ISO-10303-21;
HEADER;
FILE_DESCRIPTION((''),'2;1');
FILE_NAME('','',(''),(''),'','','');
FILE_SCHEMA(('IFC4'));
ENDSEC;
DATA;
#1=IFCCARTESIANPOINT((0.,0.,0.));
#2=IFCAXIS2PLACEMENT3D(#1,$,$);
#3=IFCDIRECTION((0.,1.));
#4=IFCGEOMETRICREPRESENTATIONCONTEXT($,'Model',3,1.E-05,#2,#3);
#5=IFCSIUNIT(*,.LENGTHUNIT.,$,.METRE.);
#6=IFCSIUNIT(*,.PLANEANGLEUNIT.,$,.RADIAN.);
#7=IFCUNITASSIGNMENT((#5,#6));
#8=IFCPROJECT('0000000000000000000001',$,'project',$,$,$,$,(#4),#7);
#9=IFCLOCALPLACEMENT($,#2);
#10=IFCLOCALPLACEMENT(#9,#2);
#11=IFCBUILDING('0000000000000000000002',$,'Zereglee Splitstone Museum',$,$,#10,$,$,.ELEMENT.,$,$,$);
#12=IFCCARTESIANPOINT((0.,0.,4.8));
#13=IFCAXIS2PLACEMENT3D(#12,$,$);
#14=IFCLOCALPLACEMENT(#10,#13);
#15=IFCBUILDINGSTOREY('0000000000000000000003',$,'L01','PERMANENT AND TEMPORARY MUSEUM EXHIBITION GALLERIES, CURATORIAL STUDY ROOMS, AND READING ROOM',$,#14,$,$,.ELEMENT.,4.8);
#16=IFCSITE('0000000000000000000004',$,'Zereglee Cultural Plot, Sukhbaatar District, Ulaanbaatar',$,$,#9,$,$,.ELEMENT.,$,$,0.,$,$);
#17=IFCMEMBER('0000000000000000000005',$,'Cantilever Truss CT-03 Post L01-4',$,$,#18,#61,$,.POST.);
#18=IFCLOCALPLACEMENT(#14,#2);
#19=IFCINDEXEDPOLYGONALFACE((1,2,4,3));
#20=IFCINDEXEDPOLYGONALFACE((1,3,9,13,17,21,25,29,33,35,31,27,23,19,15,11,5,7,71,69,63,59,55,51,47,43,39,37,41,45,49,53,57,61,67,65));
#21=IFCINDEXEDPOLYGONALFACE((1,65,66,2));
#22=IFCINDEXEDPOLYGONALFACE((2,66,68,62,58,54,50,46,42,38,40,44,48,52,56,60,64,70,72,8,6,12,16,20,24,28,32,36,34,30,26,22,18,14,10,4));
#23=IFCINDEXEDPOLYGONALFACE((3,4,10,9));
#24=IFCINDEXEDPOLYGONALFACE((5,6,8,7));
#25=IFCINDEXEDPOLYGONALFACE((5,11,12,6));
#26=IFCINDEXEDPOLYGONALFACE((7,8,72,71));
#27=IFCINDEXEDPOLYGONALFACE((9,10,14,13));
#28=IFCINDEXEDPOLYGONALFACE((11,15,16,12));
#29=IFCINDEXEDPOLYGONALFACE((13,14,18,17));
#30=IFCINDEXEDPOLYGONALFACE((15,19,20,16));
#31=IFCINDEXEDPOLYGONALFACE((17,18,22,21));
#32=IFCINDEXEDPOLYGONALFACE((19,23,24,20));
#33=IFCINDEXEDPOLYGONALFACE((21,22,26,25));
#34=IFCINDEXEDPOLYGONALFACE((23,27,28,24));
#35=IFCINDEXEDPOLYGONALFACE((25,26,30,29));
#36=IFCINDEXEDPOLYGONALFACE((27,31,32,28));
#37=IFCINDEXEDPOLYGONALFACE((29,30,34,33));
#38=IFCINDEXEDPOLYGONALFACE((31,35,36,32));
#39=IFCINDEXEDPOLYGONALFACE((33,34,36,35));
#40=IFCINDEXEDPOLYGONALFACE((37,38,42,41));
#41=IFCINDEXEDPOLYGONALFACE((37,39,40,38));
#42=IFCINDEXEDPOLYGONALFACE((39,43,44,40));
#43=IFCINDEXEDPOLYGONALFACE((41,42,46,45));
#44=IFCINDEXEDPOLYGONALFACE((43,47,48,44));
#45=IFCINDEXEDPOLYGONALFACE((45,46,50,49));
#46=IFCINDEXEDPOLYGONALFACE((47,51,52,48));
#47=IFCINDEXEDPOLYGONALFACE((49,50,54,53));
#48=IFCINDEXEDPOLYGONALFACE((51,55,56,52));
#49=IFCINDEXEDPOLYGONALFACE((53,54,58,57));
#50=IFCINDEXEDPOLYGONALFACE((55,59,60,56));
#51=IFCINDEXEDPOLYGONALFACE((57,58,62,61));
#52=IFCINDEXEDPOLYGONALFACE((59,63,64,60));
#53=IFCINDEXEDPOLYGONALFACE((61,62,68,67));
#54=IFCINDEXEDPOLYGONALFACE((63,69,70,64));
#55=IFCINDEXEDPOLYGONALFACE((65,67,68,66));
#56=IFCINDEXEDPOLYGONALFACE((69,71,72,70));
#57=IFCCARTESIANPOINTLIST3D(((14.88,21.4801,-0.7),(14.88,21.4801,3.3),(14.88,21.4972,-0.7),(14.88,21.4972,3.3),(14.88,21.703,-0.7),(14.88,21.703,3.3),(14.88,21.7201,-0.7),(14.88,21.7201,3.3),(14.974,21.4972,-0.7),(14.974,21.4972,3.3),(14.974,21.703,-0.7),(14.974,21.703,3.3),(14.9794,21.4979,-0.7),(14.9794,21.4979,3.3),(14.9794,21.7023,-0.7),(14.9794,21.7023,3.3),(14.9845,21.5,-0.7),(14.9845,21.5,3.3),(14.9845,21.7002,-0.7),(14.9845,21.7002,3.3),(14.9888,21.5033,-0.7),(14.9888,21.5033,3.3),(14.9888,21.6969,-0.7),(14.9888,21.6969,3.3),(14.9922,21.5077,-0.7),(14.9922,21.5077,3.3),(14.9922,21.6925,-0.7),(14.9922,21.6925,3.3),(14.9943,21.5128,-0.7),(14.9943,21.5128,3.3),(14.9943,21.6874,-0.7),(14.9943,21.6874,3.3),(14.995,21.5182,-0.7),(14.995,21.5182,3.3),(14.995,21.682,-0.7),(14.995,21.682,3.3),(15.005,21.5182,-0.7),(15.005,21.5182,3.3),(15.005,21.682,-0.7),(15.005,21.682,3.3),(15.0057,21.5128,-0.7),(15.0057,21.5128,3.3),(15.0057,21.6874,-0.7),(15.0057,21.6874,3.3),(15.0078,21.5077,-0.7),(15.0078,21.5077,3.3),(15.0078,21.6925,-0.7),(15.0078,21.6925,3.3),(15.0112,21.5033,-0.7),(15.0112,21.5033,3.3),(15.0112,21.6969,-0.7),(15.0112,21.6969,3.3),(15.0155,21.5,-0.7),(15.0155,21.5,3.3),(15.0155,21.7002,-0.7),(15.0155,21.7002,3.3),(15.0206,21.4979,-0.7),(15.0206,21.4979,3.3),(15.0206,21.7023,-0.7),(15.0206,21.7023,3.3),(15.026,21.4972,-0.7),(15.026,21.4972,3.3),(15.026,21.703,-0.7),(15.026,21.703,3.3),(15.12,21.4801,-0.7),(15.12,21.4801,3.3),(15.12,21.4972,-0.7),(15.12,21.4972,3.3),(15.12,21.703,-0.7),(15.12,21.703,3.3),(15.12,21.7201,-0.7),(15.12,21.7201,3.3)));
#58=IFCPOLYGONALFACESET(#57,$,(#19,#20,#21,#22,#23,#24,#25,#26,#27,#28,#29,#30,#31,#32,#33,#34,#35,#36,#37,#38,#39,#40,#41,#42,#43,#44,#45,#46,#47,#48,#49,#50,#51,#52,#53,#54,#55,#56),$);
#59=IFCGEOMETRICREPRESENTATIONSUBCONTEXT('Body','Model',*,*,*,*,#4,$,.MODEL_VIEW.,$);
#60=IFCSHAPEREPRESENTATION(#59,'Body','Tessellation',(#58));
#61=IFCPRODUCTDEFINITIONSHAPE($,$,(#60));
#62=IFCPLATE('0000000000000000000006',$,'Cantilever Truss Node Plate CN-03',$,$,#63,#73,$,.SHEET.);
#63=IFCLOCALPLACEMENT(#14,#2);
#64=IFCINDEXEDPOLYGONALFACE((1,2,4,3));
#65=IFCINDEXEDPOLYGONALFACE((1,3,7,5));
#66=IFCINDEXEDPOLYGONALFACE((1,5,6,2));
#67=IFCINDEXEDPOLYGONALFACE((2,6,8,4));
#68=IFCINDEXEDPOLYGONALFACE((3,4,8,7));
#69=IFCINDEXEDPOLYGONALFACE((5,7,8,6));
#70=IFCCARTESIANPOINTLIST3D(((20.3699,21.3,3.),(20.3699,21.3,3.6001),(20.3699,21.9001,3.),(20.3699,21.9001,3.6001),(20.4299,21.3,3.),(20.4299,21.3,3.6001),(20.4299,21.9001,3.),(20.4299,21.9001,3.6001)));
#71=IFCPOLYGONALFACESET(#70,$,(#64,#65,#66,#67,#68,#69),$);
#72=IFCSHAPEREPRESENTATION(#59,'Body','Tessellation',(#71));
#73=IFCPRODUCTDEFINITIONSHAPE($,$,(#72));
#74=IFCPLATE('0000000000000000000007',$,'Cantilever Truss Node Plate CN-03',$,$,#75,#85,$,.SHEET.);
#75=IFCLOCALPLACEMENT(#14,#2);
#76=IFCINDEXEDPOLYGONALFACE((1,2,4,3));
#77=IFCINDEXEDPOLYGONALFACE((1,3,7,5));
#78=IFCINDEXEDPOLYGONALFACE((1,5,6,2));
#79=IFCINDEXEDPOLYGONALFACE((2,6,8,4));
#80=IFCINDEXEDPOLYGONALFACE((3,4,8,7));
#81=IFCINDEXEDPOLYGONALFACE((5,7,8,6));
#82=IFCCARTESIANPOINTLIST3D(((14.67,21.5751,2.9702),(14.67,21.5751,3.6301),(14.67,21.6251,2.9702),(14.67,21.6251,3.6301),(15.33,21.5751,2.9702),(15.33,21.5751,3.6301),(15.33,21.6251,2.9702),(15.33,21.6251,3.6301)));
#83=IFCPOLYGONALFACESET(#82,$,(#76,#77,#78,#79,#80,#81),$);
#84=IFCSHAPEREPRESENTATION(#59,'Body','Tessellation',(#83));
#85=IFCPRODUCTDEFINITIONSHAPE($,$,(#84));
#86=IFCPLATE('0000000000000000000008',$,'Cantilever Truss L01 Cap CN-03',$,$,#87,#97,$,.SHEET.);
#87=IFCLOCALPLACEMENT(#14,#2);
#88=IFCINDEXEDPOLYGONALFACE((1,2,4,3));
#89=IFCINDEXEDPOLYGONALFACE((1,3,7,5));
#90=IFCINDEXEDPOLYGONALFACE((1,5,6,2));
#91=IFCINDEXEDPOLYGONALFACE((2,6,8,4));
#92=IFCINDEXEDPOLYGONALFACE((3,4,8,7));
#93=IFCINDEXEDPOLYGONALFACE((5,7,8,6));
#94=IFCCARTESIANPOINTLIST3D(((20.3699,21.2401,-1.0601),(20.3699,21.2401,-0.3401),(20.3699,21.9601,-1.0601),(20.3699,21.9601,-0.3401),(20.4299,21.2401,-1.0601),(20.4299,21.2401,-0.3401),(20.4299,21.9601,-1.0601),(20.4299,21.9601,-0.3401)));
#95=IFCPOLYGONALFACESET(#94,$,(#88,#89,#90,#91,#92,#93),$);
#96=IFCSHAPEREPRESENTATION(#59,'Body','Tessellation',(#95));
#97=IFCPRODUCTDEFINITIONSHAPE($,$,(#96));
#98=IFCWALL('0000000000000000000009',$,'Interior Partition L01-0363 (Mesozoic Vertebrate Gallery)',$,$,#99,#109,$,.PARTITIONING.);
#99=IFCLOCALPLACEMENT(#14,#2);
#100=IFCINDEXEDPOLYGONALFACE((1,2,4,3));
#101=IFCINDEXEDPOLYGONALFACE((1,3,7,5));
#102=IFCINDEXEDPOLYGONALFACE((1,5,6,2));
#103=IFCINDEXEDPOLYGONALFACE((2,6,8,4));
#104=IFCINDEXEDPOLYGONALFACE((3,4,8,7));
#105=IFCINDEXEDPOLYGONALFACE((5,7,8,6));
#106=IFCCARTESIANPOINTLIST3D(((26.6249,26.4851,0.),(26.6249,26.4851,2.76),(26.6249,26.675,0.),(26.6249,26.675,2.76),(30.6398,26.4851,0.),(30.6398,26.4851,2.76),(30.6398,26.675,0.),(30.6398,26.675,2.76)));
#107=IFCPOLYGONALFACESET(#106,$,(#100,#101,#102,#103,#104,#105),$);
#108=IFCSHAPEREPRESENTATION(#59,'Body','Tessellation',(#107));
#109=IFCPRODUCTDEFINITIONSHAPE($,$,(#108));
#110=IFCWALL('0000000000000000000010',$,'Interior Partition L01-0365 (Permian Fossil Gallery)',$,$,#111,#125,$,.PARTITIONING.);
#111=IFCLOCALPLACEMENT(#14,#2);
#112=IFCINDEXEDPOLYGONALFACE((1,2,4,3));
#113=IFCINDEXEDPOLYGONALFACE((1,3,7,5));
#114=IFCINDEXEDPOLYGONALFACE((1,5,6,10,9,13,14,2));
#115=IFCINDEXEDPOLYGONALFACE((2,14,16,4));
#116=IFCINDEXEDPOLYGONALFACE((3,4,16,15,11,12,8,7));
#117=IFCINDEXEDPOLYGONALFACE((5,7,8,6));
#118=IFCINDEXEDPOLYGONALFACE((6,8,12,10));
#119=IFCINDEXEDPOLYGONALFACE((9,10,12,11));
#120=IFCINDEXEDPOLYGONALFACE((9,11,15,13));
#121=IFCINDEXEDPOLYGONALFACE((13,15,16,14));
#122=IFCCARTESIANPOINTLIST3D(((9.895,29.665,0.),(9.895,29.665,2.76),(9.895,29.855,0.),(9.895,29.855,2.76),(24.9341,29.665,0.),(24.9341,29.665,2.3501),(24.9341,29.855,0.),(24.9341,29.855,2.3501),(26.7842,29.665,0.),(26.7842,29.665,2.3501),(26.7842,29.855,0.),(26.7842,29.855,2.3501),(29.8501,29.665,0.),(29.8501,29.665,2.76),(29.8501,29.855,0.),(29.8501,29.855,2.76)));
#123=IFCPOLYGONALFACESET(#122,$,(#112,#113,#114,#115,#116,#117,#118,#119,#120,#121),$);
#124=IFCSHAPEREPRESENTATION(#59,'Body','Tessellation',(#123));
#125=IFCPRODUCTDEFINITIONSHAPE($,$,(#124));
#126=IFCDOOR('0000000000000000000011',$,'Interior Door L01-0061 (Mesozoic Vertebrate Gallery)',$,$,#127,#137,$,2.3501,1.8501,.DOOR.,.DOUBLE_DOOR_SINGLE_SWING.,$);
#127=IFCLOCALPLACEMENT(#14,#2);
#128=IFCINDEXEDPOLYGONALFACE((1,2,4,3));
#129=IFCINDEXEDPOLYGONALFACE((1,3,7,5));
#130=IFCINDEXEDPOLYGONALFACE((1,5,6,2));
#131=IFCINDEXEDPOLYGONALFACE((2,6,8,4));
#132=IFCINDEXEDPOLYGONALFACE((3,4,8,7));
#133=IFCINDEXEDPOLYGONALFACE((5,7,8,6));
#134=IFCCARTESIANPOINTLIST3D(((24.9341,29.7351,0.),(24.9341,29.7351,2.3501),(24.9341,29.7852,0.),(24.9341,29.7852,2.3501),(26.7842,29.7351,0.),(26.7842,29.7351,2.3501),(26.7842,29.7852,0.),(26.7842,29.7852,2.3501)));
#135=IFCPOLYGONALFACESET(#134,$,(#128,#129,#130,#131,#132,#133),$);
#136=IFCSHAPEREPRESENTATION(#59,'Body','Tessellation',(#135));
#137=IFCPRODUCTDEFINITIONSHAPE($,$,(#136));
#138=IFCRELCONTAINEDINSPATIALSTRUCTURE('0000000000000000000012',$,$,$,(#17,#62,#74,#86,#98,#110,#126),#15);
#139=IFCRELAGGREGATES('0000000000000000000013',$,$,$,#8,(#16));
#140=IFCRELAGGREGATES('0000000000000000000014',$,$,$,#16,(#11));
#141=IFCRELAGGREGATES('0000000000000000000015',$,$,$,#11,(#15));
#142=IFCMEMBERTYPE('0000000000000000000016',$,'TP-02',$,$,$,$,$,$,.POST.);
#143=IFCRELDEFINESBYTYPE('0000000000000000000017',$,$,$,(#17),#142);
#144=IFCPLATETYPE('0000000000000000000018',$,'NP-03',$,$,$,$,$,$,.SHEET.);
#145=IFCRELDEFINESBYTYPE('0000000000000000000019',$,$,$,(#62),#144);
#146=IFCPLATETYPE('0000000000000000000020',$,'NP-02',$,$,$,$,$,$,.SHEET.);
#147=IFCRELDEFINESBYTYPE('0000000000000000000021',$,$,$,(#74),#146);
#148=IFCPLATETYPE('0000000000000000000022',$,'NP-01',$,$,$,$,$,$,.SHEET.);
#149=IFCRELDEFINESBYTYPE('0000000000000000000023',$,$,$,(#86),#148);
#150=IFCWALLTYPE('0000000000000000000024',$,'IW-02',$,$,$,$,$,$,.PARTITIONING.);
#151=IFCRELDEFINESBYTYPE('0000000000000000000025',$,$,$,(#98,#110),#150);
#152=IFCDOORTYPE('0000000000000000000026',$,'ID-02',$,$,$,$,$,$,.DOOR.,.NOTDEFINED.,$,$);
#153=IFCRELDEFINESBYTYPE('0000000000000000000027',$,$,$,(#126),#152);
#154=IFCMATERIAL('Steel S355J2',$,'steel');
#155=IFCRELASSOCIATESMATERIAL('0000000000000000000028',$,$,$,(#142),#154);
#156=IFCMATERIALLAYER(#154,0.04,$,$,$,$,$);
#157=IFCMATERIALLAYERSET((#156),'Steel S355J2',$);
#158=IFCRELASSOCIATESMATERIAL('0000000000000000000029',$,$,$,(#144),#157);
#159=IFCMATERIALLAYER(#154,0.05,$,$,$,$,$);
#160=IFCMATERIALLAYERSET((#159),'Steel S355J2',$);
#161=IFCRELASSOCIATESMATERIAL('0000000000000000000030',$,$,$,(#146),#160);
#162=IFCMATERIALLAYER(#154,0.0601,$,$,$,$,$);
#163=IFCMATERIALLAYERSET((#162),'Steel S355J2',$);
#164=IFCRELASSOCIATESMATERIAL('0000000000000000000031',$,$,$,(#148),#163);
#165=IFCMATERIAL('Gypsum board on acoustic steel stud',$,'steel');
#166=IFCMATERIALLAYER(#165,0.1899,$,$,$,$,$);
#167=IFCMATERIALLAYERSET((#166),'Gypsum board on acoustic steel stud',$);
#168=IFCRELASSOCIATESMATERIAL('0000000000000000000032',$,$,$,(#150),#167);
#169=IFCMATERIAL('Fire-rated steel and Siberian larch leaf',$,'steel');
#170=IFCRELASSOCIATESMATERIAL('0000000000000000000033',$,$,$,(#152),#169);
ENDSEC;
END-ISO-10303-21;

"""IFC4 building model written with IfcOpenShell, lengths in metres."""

from ifc_helpers import new_model, si_unit, direction, frame, frame_2d, origin, origin_2d, place, context, subcontext, project, spatial, rectangle, i_section, extrude, material, layer, layer_set, material_profile, profile_set, type_object, element, fill, save


model = new_model("IFC4")

# Units and contexts
model_context = context("Model", 3, precision=1e-05, world=origin(), true_north=direction((0.0, 1.0)))
body_context = subcontext(model_context, "Body", "Model", "MODEL_VIEW")
ifc_project = project(units=[si_unit("LENGTHUNIT", "METRE"), si_unit("PLANEANGLEUNIT", "RADIAN")], contexts=[model_context])

# Site, building, storey
site_placement = place(None, origin())
site = spatial("IfcSite", under=ifc_project, at=site_placement, Name="Zereglee Cultural Plot, Sukhbaatar District, Ulaanbaatar", CompositionType="ELEMENT", RefElevation=0.0)
building_placement = place(site_placement, origin())
building = spatial("IfcBuilding", under=site, at=building_placement, Name="Zereglee Splitstone Museum", CompositionType="ELEMENT")
storey_placement = place(building_placement, frame((0.0, 0.0, 4.8)))
storey = spatial("IfcBuildingStorey", under=building, at=storey_placement, Name="L01", Description="PERMANENT AND TEMPORARY MUSEUM EXHIBITION GALLERIES, CURATORIAL STUDY ROOMS, AND READING ROOM", CompositionType="ELEMENT", Elevation=4.8)

# Shared definitions
ifc_material_1 = material(Name="Steel S355J2", Category="steel")

# Member
ifc_material_profile_1 = material_profile(ifc_material_1, i_section(OverallWidth=0.24, OverallDepth=0.24, WebThickness=0.01, FlangeThickness=0.0171, FilletRadius=0.021, at=origin_2d()), Name="HE 240 B")
ifc_profile_set_1 = profile_set([ifc_material_profile_1], Name="Steel S355J2")
member_type_1 = type_object("IfcMemberType", Name="TP-02", PredefinedType="POST", material=ifc_profile_set_1)
member_1_placement = place(storey_placement, frame((15.0, 21.6001, -0.7), z_axis=(0.0, 0.0, 1.0), x_axis=(1.0, 0.0, 0.0)))
element("IfcMember", 1, at=member_1_placement, inside=storey, type_object=member_type_1, Name="Cantilever Truss CT-03 Post L01-4", PredefinedType="POST", context=body_context, shape_type="SweptSolid", body=[
    extrude(i_section(OverallWidth=0.24, OverallDepth=0.24, WebThickness=0.01, FlangeThickness=0.0171, FilletRadius=0.021, at=origin_2d()), origin(), (0.0, 0.0, 1.0), 4.0),
])

# Plates
ifc_layer_1 = layer(ifc_material_1, 0.04)
ifc_layer_set_1 = layer_set([ifc_layer_1], Name="Steel S355J2")
plate_type_1 = type_object("IfcPlateType", Name="NP-03", PredefinedType="SHEET", material=ifc_layer_set_1)
plate_1_placement = place(storey_placement, frame((20.3999, 21.6001, 3.0), z_axis=(0.0, 0.0, 1.0), x_axis=(1.0, 0.0, 0.0)))
element("IfcPlate", 2, at=plate_1_placement, inside=storey, type_object=plate_type_1, Name="Cantilever Truss Node Plate CN-03", PredefinedType="SHEET", context=body_context, shape_type="SweptSolid", body=[
    extrude(rectangle(XDim=0.0601, YDim=0.6001, at=origin_2d()), origin(), (0.0, 0.0, 1.0), 0.6001),
])
ifc_layer_2 = layer(ifc_material_1, 0.05)
ifc_layer_set_2 = layer_set([ifc_layer_2], Name="Steel S355J2")
plate_type_2 = type_object("IfcPlateType", Name="NP-02", PredefinedType="SHEET", material=ifc_layer_set_2)
plate_2_placement = place(storey_placement, frame((15.0, 21.6001, 2.9702), z_axis=(0.0, 0.0, 1.0), x_axis=(1.0, 0.0, 0.0)))
element("IfcPlate", 3, at=plate_2_placement, inside=storey, type_object=plate_type_2, Name="Cantilever Truss Node Plate CN-03", PredefinedType="SHEET", context=body_context, shape_type="SweptSolid", body=[
    extrude(rectangle(XDim=0.6599, YDim=0.05, at=origin_2d()), origin(), (0.0, 0.0, 1.0), 0.6599),
])
ifc_layer_3 = layer(ifc_material_1, 0.0601)
ifc_layer_set_3 = layer_set([ifc_layer_3], Name="Steel S355J2")
plate_type_3 = type_object("IfcPlateType", Name="NP-01", PredefinedType="SHEET", material=ifc_layer_set_3)
plate_3_placement = place(storey_placement, frame((20.3999, 21.6001, -1.0601), z_axis=(0.0, 0.0, 1.0), x_axis=(1.0, 0.0, 0.0)))
element("IfcPlate", 4, at=plate_3_placement, inside=storey, type_object=plate_type_3, Name="Cantilever Truss L01 Cap CN-03", PredefinedType="SHEET", context=body_context, shape_type="SweptSolid", body=[
    extrude(rectangle(XDim=0.0601, YDim=0.72, at=origin_2d()), origin(), (0.0, 0.0, 1.0), 0.72),
])

# Wall
ifc_material_2 = material(Name="Gypsum board on acoustic steel stud", Category="steel")
ifc_layer_4 = layer(ifc_material_2, 0.1899)
ifc_layer_set_4 = layer_set([ifc_layer_4], Name="Gypsum board on acoustic steel stud")
wall_type = type_object("IfcWallType", Name="IW-02", PredefinedType="PARTITIONING", material=ifc_layer_set_4)
wall_1_placement = place(storey_placement, frame((26.625, 26.5801, 0.0), z_axis=(0.0, 0.0, 1.0), x_axis=(1.0, 0.0, 0.0)))
element("IfcWall", 5, at=wall_1_placement, inside=storey, type_object=wall_type, Name="Interior Partition L01-0363 (Mesozoic Vertebrate Gallery)", PredefinedType="PARTITIONING", context=body_context, shape_type="SweptSolid", body=[
    extrude(rectangle(XDim=4.0149, YDim=0.1899, at=frame_2d((2.0073, 0.0))), origin(), (0.0, 0.0, 1.0), 2.76),
])

# Wall, opening, door
wall_2_placement = place(storey_placement, frame((9.895, 29.76, 0.0), z_axis=(0.0, 0.0, 1.0), x_axis=(1.0, 0.0, 0.0)))
wall_2 = element("IfcWall", 6, at=wall_2_placement, inside=storey, type_object=wall_type, Name="Interior Partition L01-0365 (Permian Fossil Gallery)", PredefinedType="PARTITIONING", context=body_context, shape_type="SweptSolid", body=[
    extrude(rectangle(XDim=19.9551, YDim=0.1899, at=frame_2d((9.9775, 0.0))), origin(), (0.0, 0.0, 1.0), 2.76),
])
opening_placement = place(wall_2_placement, frame((15.0391, 0.0, 0.0)))
opening = element("IfcOpeningElement", 7, at=opening_placement, cuts=wall_2, PredefinedType="OPENING", context=body_context, shape_type="SweptSolid", body=[
    extrude(rectangle(XDim=1.8501, YDim=2.3501, at=frame_2d((0.925, 1.175))), frame((0.0, 0.1099, 0.0), z_axis=(0.0, -1.0, 0.0), x_axis=(1.0, 0.0, 0.0)), (0.0, 0.0, 1.0), 0.2197),
])
ifc_material_3 = material(Name="Fire-rated steel and Siberian larch leaf", Category="steel")
door_type = type_object("IfcDoorType", Name="ID-02", OperationType="NOTDEFINED", PredefinedType="DOOR", material=ifc_material_3)
door_placement = place(opening_placement, frame((1.8501, 0.0, 0.0), z_axis=(0.0, 0.0, 1.0), x_axis=(-1.0, 0.0, 0.0)))
door = element("IfcDoor", 8, at=door_placement, inside=storey, type_object=door_type, Name="Interior Door L01-0061 (Mesozoic Vertebrate Gallery)", OperationType="DOUBLE_DOOR_SINGLE_SWING", OverallHeight=2.3501, OverallWidth=1.8501, PredefinedType="DOOR", context=body_context, shape_type="SweptSolid", body=[
    extrude(rectangle(XDim=1.8501, YDim=2.3501, at=frame_2d((0.925, 1.175))), frame((0.0, 0.0249, 0.0), z_axis=(0.0, -1.0, 0.0), x_axis=(1.0, 0.0, 0.0)), (0.0, 0.0, 1.0), 0.05),
])
fill(opening, door)

save(model, "model.ifc")
